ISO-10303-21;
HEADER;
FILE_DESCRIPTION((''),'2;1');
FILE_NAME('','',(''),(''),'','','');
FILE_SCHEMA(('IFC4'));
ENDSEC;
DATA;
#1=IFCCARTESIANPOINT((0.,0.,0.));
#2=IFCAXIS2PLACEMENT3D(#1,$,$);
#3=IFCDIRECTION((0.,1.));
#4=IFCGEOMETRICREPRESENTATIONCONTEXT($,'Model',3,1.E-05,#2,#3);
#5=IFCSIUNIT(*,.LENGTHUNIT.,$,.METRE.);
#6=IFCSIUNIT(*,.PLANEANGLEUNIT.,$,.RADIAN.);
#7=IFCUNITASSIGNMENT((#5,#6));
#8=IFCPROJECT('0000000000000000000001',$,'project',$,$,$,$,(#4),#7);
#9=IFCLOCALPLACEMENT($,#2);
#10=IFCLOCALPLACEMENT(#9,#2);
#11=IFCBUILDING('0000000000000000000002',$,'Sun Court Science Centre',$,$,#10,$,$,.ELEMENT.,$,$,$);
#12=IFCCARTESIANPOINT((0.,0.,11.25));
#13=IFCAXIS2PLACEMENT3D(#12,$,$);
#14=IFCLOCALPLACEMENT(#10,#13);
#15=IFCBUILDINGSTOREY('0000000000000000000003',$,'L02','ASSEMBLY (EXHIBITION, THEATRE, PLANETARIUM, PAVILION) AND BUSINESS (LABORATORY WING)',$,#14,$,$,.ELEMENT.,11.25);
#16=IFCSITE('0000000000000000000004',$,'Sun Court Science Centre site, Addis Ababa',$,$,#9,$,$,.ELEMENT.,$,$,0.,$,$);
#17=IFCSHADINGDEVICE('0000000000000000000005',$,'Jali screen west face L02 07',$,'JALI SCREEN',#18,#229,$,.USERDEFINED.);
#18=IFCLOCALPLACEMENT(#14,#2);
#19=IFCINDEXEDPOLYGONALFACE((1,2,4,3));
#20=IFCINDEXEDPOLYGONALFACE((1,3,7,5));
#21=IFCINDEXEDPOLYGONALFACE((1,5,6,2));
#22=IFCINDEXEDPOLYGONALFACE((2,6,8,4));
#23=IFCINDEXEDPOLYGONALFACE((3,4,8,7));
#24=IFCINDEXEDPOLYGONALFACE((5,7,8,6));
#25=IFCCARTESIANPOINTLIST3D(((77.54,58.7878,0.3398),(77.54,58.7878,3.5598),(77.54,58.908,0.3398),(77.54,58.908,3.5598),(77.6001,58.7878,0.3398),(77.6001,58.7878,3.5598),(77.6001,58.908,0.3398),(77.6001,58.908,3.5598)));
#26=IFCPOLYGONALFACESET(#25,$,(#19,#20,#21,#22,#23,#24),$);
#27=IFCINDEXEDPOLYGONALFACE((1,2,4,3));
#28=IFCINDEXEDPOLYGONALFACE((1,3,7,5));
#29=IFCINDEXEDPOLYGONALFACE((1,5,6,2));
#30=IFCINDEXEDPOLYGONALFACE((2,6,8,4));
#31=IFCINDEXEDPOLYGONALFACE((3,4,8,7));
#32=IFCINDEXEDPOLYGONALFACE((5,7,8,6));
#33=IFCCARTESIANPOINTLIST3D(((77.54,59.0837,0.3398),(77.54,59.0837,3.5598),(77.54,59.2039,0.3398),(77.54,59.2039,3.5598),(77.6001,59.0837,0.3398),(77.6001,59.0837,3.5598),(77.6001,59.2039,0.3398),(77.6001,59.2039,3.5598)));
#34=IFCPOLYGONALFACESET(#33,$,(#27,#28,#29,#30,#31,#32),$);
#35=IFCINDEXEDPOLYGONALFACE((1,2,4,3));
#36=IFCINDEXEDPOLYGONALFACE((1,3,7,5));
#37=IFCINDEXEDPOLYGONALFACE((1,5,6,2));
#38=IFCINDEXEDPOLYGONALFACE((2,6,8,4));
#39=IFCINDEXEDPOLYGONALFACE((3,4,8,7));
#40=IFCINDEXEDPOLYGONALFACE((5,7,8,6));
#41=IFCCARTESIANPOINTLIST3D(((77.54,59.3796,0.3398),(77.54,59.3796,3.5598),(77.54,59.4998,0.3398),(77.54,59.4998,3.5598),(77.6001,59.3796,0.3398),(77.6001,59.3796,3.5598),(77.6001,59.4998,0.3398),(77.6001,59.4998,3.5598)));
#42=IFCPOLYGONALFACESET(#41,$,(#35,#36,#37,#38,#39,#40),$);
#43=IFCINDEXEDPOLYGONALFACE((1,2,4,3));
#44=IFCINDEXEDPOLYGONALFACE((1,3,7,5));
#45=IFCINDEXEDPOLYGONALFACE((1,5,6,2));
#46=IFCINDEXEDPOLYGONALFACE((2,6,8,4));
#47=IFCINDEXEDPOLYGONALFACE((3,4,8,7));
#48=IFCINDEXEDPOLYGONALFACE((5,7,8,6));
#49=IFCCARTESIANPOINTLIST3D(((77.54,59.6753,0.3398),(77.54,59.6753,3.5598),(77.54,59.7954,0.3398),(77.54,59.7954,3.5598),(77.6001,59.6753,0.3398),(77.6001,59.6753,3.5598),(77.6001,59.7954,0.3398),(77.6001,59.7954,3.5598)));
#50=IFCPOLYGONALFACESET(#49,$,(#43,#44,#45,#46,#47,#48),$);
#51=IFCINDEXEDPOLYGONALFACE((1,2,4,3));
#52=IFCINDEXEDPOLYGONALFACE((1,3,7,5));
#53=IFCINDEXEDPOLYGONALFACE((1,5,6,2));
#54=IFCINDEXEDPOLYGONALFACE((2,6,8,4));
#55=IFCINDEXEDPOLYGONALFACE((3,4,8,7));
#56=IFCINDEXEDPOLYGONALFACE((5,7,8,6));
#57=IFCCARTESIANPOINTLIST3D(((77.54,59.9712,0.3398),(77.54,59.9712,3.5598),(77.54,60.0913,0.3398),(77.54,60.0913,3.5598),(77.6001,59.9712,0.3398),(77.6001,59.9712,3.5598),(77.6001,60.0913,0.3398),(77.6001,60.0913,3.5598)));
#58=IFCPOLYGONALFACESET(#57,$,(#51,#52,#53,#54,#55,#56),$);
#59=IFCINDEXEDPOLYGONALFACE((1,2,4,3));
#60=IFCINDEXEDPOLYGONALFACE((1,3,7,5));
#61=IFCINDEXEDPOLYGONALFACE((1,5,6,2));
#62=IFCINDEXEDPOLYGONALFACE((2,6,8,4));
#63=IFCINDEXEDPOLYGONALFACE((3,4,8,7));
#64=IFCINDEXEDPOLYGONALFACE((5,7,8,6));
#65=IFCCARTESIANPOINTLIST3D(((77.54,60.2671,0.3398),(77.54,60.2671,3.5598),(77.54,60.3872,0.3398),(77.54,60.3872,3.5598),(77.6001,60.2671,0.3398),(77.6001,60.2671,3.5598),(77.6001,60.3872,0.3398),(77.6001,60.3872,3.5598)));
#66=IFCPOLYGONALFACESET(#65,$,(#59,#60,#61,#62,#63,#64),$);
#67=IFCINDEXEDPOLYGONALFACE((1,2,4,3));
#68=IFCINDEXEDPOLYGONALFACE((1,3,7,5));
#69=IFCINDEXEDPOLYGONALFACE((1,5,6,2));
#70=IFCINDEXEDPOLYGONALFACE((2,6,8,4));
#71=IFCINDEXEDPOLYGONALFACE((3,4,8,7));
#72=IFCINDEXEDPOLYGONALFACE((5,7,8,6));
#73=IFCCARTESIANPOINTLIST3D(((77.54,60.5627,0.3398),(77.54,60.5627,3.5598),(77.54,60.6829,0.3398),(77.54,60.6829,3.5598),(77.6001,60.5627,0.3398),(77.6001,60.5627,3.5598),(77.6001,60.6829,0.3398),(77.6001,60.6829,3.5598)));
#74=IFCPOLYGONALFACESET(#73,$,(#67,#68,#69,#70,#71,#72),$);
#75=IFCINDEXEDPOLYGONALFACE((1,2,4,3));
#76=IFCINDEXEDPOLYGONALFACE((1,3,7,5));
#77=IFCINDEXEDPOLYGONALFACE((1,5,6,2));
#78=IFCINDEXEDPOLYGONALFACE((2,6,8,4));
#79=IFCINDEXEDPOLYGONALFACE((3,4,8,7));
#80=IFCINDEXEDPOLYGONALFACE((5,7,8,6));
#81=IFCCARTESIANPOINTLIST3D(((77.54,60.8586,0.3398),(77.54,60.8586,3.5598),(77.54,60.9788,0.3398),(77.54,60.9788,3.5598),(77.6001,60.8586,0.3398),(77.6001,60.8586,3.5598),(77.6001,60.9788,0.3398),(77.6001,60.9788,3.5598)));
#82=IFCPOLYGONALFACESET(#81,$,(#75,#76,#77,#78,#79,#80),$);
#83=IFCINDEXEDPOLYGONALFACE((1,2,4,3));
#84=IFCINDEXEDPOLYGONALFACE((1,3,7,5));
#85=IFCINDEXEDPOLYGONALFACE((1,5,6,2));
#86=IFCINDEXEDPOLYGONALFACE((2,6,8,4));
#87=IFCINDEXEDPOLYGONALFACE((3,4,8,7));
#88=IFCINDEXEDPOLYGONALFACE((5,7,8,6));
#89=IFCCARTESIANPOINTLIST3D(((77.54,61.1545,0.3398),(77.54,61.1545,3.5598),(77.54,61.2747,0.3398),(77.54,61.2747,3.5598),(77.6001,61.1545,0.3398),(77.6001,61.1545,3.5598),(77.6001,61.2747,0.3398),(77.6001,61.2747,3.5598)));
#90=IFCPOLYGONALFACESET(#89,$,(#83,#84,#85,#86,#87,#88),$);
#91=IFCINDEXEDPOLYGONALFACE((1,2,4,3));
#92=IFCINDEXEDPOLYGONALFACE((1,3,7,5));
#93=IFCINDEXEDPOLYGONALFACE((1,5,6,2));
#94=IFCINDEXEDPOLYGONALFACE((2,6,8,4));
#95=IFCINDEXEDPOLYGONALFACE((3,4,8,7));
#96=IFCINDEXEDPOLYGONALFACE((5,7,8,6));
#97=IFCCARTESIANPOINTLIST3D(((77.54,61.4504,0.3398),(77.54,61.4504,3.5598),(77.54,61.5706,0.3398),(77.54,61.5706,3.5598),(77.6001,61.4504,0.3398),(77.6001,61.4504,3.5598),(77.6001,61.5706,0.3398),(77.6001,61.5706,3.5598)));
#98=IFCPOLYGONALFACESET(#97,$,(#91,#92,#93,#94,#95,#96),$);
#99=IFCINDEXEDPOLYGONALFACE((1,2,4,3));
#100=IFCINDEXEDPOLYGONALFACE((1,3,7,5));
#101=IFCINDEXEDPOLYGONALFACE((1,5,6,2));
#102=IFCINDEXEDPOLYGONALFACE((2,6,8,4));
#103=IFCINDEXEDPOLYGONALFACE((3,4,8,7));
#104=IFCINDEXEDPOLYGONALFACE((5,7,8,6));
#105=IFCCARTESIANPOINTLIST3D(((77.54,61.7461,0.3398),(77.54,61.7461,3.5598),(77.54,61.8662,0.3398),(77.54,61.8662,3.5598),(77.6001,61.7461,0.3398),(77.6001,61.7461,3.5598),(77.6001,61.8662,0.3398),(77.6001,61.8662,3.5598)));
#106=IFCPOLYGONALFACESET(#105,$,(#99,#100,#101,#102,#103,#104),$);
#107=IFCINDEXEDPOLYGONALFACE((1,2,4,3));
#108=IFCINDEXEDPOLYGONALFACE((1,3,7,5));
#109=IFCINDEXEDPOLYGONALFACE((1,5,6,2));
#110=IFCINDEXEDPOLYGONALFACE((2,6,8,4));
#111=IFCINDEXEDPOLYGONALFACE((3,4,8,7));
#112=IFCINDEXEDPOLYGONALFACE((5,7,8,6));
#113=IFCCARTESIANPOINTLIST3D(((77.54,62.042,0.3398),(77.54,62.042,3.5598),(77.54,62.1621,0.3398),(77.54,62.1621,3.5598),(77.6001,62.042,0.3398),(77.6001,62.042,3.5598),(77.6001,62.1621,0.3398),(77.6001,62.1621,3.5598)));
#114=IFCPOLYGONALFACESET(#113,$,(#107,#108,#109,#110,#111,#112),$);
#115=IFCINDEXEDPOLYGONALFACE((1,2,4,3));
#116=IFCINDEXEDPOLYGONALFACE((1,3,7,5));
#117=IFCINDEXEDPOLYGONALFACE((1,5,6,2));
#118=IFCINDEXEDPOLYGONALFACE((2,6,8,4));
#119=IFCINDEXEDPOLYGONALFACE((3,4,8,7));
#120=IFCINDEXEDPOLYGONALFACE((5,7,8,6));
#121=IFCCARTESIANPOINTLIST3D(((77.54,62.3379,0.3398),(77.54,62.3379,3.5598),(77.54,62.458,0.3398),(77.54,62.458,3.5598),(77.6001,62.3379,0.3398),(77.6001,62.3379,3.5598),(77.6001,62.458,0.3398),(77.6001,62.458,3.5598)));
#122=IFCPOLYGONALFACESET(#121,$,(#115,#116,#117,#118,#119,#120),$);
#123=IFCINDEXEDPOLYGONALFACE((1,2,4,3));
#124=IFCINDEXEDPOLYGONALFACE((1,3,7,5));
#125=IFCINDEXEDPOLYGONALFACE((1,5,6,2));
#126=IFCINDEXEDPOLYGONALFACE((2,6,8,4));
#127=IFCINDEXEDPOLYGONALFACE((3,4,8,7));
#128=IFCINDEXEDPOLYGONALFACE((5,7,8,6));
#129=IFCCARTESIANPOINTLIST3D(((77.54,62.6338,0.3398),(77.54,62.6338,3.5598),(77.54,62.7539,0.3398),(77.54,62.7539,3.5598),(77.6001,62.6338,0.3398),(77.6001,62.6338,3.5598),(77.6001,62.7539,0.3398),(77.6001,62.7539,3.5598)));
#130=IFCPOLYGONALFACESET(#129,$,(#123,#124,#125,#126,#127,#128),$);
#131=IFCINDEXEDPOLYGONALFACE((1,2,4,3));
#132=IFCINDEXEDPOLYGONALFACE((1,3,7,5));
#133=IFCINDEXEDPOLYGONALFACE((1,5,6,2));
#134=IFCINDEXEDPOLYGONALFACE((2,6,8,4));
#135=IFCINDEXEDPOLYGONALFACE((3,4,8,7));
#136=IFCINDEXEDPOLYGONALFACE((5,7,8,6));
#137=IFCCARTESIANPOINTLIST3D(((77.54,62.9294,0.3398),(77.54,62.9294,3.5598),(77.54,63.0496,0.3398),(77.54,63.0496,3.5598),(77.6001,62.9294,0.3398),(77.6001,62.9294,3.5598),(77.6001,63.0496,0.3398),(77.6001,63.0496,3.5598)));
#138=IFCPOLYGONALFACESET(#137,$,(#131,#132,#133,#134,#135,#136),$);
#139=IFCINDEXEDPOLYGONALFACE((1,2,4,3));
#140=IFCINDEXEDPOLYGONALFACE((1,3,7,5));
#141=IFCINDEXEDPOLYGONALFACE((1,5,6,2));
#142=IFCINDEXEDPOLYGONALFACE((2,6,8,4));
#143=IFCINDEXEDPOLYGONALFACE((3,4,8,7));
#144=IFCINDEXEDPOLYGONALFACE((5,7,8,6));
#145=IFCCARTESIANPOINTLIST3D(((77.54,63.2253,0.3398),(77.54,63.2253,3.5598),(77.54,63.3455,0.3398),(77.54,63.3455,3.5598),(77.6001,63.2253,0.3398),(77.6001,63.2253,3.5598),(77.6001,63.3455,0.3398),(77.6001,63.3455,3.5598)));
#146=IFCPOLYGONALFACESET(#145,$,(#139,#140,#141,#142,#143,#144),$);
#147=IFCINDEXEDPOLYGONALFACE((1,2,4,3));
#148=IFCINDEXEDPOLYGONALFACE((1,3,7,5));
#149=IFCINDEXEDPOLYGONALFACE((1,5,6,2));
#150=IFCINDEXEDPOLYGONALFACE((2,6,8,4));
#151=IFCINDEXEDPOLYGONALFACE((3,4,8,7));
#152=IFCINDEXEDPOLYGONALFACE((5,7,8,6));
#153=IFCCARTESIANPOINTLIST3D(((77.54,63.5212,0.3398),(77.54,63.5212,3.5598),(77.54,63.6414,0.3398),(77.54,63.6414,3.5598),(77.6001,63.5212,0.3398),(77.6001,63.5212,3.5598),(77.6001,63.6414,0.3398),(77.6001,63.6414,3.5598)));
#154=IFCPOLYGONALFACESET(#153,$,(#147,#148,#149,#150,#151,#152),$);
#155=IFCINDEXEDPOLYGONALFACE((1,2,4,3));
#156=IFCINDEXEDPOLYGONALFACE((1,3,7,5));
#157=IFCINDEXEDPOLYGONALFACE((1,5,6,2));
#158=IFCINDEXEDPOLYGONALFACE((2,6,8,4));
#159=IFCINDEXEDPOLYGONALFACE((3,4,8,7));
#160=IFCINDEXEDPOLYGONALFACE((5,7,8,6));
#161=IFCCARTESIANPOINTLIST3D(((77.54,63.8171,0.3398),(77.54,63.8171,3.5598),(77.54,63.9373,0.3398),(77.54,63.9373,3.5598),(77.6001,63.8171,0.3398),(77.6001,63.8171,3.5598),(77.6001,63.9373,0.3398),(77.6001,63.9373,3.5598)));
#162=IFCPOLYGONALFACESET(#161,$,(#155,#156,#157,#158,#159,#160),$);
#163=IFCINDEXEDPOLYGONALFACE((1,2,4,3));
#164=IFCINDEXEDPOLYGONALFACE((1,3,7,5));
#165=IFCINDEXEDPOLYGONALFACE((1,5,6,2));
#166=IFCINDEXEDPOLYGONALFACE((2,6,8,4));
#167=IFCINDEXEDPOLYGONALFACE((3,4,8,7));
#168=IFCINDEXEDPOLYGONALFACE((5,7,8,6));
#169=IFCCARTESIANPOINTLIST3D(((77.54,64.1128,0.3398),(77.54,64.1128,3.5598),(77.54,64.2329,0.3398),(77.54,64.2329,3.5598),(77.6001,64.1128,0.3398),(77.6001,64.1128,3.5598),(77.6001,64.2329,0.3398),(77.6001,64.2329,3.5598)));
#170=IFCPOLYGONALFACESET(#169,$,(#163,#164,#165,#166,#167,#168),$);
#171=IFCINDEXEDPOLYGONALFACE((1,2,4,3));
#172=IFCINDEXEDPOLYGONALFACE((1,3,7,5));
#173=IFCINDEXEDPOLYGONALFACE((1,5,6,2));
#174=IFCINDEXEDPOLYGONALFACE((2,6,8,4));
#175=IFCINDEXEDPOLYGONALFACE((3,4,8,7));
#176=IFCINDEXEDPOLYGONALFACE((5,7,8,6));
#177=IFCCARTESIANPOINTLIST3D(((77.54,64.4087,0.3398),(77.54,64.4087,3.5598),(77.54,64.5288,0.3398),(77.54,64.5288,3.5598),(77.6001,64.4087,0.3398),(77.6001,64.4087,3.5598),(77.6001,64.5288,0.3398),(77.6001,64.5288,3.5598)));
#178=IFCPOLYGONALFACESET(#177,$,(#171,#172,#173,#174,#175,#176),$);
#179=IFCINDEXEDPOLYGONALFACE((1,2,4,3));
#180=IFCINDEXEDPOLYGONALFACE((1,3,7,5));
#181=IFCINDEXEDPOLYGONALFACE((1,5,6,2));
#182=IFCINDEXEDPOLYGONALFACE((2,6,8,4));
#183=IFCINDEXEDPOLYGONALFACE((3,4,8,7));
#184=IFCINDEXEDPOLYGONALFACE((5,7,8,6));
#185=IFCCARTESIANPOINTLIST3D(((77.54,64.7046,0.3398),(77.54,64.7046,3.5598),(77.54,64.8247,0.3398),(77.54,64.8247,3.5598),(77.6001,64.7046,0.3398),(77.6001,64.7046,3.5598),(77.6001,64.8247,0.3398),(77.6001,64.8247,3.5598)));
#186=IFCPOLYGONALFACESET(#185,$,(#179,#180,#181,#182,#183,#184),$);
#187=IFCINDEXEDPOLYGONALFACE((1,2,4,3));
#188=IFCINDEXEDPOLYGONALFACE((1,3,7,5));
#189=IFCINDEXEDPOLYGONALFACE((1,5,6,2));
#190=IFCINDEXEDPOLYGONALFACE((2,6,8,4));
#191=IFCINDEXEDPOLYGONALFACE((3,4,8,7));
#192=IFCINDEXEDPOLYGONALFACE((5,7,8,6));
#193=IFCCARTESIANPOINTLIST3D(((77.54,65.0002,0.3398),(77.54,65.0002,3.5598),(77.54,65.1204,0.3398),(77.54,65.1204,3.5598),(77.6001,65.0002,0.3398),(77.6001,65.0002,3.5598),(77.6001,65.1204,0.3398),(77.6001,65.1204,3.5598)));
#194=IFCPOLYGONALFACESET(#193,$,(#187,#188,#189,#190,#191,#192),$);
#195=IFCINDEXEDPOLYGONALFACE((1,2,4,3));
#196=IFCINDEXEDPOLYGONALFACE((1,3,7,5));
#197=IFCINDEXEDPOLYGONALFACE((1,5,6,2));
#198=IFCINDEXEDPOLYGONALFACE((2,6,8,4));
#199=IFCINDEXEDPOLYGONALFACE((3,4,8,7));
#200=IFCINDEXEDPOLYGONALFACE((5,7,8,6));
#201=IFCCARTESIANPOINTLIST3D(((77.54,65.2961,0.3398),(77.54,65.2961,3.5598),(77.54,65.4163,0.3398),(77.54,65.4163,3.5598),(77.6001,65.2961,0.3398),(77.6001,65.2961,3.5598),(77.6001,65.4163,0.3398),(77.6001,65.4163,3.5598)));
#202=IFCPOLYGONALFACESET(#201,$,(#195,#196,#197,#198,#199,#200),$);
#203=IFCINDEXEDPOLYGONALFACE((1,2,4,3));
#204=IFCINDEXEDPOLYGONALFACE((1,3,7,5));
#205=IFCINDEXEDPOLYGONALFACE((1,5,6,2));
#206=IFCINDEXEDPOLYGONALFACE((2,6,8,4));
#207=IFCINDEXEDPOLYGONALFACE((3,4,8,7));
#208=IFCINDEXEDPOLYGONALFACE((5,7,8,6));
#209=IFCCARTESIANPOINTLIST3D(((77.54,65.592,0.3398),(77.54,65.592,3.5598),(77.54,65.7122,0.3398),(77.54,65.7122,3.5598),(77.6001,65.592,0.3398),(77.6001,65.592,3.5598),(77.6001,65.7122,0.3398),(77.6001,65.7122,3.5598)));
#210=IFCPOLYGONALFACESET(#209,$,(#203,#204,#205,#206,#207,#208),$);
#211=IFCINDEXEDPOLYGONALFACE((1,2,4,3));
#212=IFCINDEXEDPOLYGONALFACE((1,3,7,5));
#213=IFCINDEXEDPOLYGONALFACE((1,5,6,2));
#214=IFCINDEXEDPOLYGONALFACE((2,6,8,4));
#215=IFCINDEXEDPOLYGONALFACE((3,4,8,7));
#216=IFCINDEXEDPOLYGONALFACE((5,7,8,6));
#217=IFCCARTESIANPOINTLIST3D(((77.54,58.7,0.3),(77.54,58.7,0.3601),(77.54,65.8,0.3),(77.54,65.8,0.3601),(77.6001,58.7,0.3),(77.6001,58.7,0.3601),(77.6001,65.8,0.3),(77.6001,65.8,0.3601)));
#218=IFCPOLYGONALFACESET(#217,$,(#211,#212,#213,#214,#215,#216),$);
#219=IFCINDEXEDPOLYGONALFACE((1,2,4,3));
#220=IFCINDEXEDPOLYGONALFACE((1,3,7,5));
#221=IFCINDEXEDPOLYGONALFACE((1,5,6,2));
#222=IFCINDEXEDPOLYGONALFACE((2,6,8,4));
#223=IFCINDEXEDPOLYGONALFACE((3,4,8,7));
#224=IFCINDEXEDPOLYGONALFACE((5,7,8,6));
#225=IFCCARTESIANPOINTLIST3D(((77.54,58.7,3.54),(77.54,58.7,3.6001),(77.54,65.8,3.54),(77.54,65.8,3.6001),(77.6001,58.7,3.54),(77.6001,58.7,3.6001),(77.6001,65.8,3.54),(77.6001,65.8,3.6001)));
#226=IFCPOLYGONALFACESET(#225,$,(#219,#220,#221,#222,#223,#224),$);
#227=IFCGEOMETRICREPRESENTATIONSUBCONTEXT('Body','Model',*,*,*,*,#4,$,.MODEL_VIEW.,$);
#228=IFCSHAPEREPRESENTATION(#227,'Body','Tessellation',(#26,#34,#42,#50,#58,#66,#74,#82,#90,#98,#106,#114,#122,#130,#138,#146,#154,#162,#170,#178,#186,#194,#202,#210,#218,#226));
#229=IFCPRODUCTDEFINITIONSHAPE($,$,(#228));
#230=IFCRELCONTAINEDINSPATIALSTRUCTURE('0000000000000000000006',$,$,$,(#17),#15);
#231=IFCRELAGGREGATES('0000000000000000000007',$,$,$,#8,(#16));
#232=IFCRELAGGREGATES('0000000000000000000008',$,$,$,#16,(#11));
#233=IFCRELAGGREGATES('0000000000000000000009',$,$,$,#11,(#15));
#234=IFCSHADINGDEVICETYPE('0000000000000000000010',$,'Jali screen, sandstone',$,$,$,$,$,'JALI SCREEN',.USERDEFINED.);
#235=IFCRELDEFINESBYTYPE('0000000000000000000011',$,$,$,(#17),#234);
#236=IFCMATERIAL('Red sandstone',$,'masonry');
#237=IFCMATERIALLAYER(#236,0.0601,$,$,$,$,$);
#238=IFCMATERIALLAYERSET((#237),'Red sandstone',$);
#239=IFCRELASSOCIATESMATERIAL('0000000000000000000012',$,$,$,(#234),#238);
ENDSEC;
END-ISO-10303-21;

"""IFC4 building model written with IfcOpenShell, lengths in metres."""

from ifc_helpers import new_model, si_unit, direction, frame, origin, origin_2d, place, context, subcontext, project, spatial, rectangle, extrude, material, layer, layer_set, type_object, element, save


model = new_model("IFC4")

# Units and contexts
model_context = context("Model", 3, precision=1e-05, world=origin(), true_north=direction((0.0, 1.0)))
body_context = subcontext(model_context, "Body", "Model", "MODEL_VIEW")
ifc_project = project(units=[si_unit("LENGTHUNIT", "METRE"), si_unit("PLANEANGLEUNIT", "RADIAN")], contexts=[model_context])

# Site, building, storey
site_placement = place(None, origin())
site = spatial("IfcSite", under=ifc_project, at=site_placement, Name="Sun Court Science Centre site, Addis Ababa", CompositionType="ELEMENT", RefElevation=0.0)
building_placement = place(site_placement, origin())
building = spatial("IfcBuilding", under=site, at=building_placement, Name="Sun Court Science Centre", CompositionType="ELEMENT")
storey_placement = place(building_placement, frame((0.0, 0.0, 11.25)))
storey = spatial("IfcBuildingStorey", under=building, at=storey_placement, Name="L02", Description="ASSEMBLY (EXHIBITION, THEATRE, PLANETARIUM, PAVILION) AND BUSINESS (LABORATORY WING)", CompositionType="ELEMENT", Elevation=11.25)

# Shading device
ifc_material_1 = material(Name="Red sandstone", Category="masonry")
ifc_layer_1 = layer(ifc_material_1, 0.0601)
ifc_layer_set_1 = layer_set([ifc_layer_1], Name="Red sandstone")
shading_device_type = type_object("IfcShadingDeviceType", Name="Jali screen, sandstone", ElementType="JALI SCREEN", PredefinedType="USERDEFINED", material=ifc_layer_set_1)
shading_device_1_placement = place(storey_placement, frame((0.0, 0.0, -11.25)))
element("IfcShadingDevice", 1, at=shading_device_1_placement, inside=storey, type_object=shading_device_type, Name="Jali screen west face L02 07", ObjectType="JALI SCREEN", PredefinedType="USERDEFINED", context=body_context, shape_type="SweptSolid", body=[
    extrude(rectangle(XDim=0.1201, YDim=0.0601, at=origin_2d()), frame((77.5701, 58.8479, 11.5898), z_axis=(0.0, 0.0, 1.0), x_axis=(0.0, 1.0, 0.0)), (0.0, 0.0, 1.0), 3.22),
    extrude(rectangle(XDim=0.1201, YDim=0.0601, at=origin_2d()), frame((77.5701, 59.1438, 11.5898), z_axis=(0.0, 0.0, 1.0), x_axis=(0.0, 1.0, 0.0)), (0.0, 0.0, 1.0), 3.22),
    extrude(rectangle(XDim=0.1201, YDim=0.0601, at=origin_2d()), frame((77.5701, 59.4397, 11.5898), z_axis=(0.0, 0.0, 1.0), x_axis=(0.0, 1.0, 0.0)), (0.0, 0.0, 1.0), 3.22),
    extrude(rectangle(XDim=0.1201, YDim=0.0601, at=origin_2d()), frame((77.5701, 59.7354, 11.5898), z_axis=(0.0, 0.0, 1.0), x_axis=(0.0, 1.0, 0.0)), (0.0, 0.0, 1.0), 3.22),
    extrude(rectangle(XDim=0.1201, YDim=0.0601, at=origin_2d()), frame((77.5701, 60.0312, 11.5898), z_axis=(0.0, 0.0, 1.0), x_axis=(0.0, 1.0, 0.0)), (0.0, 0.0, 1.0), 3.22),
    extrude(rectangle(XDim=0.1201, YDim=0.0601, at=origin_2d()), frame((77.5701, 60.3271, 11.5898), z_axis=(0.0, 0.0, 1.0), x_axis=(0.0, 1.0, 0.0)), (0.0, 0.0, 1.0), 3.22),
    extrude(rectangle(XDim=0.1201, YDim=0.0601, at=origin_2d()), frame((77.5701, 60.6228, 11.5898), z_axis=(0.0, 0.0, 1.0), x_axis=(0.0, 1.0, 0.0)), (0.0, 0.0, 1.0), 3.22),
    extrude(rectangle(XDim=0.1201, YDim=0.0601, at=origin_2d()), frame((77.5701, 60.9187, 11.5898), z_axis=(0.0, 0.0, 1.0), x_axis=(0.0, 1.0, 0.0)), (0.0, 0.0, 1.0), 3.22),
    extrude(rectangle(XDim=0.1201, YDim=0.0601, at=origin_2d()), frame((77.5701, 61.2146, 11.5898), z_axis=(0.0, 0.0, 1.0), x_axis=(0.0, 1.0, 0.0)), (0.0, 0.0, 1.0), 3.22),
    extrude(rectangle(XDim=0.1201, YDim=0.0601, at=origin_2d()), frame((77.5701, 61.5105, 11.5898), z_axis=(0.0, 0.0, 1.0), x_axis=(0.0, 1.0, 0.0)), (0.0, 0.0, 1.0), 3.22),
    extrude(rectangle(XDim=0.1201, YDim=0.0601, at=origin_2d()), frame((77.5701, 61.8062, 11.5898), z_axis=(0.0, 0.0, 1.0), x_axis=(0.0, 1.0, 0.0)), (0.0, 0.0, 1.0), 3.22),
    extrude(rectangle(XDim=0.1201, YDim=0.0601, at=origin_2d()), frame((77.5701, 62.1021, 11.5898), z_axis=(0.0, 0.0, 1.0), x_axis=(0.0, 1.0, 0.0)), (0.0, 0.0, 1.0), 3.22),
    extrude(rectangle(XDim=0.1201, YDim=0.0601, at=origin_2d()), frame((77.5701, 62.3979, 11.5898), z_axis=(0.0, 0.0, 1.0), x_axis=(0.0, 1.0, 0.0)), (0.0, 0.0, 1.0), 3.22),
    extrude(rectangle(XDim=0.1201, YDim=0.0601, at=origin_2d()), frame((77.5701, 62.6938, 11.5898), z_axis=(0.0, 0.0, 1.0), x_axis=(0.0, 1.0, 0.0)), (0.0, 0.0, 1.0), 3.22),
    extrude(rectangle(XDim=0.1201, YDim=0.0601, at=origin_2d()), frame((77.5701, 62.9895, 11.5898), z_axis=(0.0, 0.0, 1.0), x_axis=(0.0, 1.0, 0.0)), (0.0, 0.0, 1.0), 3.22),
    extrude(rectangle(XDim=0.1201, YDim=0.0601, at=origin_2d()), frame((77.5701, 63.2854, 11.5898), z_axis=(0.0, 0.0, 1.0), x_axis=(0.0, 1.0, 0.0)), (0.0, 0.0, 1.0), 3.22),
    extrude(rectangle(XDim=0.1201, YDim=0.0601, at=origin_2d()), frame((77.5701, 63.5813, 11.5898), z_axis=(0.0, 0.0, 1.0), x_axis=(0.0, 1.0, 0.0)), (0.0, 0.0, 1.0), 3.22),
    extrude(rectangle(XDim=0.1201, YDim=0.0601, at=origin_2d()), frame((77.5701, 63.8772, 11.5898), z_axis=(0.0, 0.0, 1.0), x_axis=(0.0, 1.0, 0.0)), (0.0, 0.0, 1.0), 3.22),
    extrude(rectangle(XDim=0.1201, YDim=0.0601, at=origin_2d()), frame((77.5701, 64.1729, 11.5898), z_axis=(0.0, 0.0, 1.0), x_axis=(0.0, 1.0, 0.0)), (0.0, 0.0, 1.0), 3.22),
    extrude(rectangle(XDim=0.1201, YDim=0.0601, at=origin_2d()), frame((77.5701, 64.4688, 11.5898), z_axis=(0.0, 0.0, 1.0), x_axis=(0.0, 1.0, 0.0)), (0.0, 0.0, 1.0), 3.22),
    extrude(rectangle(XDim=0.1201, YDim=0.0601, at=origin_2d()), frame((77.5701, 64.7646, 11.5898), z_axis=(0.0, 0.0, 1.0), x_axis=(0.0, 1.0, 0.0)), (0.0, 0.0, 1.0), 3.22),
    extrude(rectangle(XDim=0.1201, YDim=0.0601, at=origin_2d()), frame((77.5701, 65.0603, 11.5898), z_axis=(0.0, 0.0, 1.0), x_axis=(0.0, 1.0, 0.0)), (0.0, 0.0, 1.0), 3.22),
    extrude(rectangle(XDim=0.1201, YDim=0.0601, at=origin_2d()), frame((77.5701, 65.3562, 11.5898), z_axis=(0.0, 0.0, 1.0), x_axis=(0.0, 1.0, 0.0)), (0.0, 0.0, 1.0), 3.22),
    extrude(rectangle(XDim=0.1201, YDim=0.0601, at=origin_2d()), frame((77.5701, 65.6521, 11.5898), z_axis=(0.0, 0.0, 1.0), x_axis=(0.0, 1.0, 0.0)), (0.0, 0.0, 1.0), 3.22),
    extrude(rectangle(XDim=7.1001, YDim=0.0601, at=origin_2d()), frame((77.5701, 62.25, 11.55), z_axis=(0.0, 0.0, 1.0), x_axis=(0.0, 1.0, 0.0)), (0.0, 0.0, 1.0), 0.0601),
    extrude(rectangle(XDim=7.1001, YDim=0.0601, at=origin_2d()), frame((77.5701, 62.25, 14.79), z_axis=(0.0, 0.0, 1.0), x_axis=(0.0, 1.0, 0.0)), (0.0, 0.0, 1.0), 0.0601),
])

save(model, "model.ifc")
